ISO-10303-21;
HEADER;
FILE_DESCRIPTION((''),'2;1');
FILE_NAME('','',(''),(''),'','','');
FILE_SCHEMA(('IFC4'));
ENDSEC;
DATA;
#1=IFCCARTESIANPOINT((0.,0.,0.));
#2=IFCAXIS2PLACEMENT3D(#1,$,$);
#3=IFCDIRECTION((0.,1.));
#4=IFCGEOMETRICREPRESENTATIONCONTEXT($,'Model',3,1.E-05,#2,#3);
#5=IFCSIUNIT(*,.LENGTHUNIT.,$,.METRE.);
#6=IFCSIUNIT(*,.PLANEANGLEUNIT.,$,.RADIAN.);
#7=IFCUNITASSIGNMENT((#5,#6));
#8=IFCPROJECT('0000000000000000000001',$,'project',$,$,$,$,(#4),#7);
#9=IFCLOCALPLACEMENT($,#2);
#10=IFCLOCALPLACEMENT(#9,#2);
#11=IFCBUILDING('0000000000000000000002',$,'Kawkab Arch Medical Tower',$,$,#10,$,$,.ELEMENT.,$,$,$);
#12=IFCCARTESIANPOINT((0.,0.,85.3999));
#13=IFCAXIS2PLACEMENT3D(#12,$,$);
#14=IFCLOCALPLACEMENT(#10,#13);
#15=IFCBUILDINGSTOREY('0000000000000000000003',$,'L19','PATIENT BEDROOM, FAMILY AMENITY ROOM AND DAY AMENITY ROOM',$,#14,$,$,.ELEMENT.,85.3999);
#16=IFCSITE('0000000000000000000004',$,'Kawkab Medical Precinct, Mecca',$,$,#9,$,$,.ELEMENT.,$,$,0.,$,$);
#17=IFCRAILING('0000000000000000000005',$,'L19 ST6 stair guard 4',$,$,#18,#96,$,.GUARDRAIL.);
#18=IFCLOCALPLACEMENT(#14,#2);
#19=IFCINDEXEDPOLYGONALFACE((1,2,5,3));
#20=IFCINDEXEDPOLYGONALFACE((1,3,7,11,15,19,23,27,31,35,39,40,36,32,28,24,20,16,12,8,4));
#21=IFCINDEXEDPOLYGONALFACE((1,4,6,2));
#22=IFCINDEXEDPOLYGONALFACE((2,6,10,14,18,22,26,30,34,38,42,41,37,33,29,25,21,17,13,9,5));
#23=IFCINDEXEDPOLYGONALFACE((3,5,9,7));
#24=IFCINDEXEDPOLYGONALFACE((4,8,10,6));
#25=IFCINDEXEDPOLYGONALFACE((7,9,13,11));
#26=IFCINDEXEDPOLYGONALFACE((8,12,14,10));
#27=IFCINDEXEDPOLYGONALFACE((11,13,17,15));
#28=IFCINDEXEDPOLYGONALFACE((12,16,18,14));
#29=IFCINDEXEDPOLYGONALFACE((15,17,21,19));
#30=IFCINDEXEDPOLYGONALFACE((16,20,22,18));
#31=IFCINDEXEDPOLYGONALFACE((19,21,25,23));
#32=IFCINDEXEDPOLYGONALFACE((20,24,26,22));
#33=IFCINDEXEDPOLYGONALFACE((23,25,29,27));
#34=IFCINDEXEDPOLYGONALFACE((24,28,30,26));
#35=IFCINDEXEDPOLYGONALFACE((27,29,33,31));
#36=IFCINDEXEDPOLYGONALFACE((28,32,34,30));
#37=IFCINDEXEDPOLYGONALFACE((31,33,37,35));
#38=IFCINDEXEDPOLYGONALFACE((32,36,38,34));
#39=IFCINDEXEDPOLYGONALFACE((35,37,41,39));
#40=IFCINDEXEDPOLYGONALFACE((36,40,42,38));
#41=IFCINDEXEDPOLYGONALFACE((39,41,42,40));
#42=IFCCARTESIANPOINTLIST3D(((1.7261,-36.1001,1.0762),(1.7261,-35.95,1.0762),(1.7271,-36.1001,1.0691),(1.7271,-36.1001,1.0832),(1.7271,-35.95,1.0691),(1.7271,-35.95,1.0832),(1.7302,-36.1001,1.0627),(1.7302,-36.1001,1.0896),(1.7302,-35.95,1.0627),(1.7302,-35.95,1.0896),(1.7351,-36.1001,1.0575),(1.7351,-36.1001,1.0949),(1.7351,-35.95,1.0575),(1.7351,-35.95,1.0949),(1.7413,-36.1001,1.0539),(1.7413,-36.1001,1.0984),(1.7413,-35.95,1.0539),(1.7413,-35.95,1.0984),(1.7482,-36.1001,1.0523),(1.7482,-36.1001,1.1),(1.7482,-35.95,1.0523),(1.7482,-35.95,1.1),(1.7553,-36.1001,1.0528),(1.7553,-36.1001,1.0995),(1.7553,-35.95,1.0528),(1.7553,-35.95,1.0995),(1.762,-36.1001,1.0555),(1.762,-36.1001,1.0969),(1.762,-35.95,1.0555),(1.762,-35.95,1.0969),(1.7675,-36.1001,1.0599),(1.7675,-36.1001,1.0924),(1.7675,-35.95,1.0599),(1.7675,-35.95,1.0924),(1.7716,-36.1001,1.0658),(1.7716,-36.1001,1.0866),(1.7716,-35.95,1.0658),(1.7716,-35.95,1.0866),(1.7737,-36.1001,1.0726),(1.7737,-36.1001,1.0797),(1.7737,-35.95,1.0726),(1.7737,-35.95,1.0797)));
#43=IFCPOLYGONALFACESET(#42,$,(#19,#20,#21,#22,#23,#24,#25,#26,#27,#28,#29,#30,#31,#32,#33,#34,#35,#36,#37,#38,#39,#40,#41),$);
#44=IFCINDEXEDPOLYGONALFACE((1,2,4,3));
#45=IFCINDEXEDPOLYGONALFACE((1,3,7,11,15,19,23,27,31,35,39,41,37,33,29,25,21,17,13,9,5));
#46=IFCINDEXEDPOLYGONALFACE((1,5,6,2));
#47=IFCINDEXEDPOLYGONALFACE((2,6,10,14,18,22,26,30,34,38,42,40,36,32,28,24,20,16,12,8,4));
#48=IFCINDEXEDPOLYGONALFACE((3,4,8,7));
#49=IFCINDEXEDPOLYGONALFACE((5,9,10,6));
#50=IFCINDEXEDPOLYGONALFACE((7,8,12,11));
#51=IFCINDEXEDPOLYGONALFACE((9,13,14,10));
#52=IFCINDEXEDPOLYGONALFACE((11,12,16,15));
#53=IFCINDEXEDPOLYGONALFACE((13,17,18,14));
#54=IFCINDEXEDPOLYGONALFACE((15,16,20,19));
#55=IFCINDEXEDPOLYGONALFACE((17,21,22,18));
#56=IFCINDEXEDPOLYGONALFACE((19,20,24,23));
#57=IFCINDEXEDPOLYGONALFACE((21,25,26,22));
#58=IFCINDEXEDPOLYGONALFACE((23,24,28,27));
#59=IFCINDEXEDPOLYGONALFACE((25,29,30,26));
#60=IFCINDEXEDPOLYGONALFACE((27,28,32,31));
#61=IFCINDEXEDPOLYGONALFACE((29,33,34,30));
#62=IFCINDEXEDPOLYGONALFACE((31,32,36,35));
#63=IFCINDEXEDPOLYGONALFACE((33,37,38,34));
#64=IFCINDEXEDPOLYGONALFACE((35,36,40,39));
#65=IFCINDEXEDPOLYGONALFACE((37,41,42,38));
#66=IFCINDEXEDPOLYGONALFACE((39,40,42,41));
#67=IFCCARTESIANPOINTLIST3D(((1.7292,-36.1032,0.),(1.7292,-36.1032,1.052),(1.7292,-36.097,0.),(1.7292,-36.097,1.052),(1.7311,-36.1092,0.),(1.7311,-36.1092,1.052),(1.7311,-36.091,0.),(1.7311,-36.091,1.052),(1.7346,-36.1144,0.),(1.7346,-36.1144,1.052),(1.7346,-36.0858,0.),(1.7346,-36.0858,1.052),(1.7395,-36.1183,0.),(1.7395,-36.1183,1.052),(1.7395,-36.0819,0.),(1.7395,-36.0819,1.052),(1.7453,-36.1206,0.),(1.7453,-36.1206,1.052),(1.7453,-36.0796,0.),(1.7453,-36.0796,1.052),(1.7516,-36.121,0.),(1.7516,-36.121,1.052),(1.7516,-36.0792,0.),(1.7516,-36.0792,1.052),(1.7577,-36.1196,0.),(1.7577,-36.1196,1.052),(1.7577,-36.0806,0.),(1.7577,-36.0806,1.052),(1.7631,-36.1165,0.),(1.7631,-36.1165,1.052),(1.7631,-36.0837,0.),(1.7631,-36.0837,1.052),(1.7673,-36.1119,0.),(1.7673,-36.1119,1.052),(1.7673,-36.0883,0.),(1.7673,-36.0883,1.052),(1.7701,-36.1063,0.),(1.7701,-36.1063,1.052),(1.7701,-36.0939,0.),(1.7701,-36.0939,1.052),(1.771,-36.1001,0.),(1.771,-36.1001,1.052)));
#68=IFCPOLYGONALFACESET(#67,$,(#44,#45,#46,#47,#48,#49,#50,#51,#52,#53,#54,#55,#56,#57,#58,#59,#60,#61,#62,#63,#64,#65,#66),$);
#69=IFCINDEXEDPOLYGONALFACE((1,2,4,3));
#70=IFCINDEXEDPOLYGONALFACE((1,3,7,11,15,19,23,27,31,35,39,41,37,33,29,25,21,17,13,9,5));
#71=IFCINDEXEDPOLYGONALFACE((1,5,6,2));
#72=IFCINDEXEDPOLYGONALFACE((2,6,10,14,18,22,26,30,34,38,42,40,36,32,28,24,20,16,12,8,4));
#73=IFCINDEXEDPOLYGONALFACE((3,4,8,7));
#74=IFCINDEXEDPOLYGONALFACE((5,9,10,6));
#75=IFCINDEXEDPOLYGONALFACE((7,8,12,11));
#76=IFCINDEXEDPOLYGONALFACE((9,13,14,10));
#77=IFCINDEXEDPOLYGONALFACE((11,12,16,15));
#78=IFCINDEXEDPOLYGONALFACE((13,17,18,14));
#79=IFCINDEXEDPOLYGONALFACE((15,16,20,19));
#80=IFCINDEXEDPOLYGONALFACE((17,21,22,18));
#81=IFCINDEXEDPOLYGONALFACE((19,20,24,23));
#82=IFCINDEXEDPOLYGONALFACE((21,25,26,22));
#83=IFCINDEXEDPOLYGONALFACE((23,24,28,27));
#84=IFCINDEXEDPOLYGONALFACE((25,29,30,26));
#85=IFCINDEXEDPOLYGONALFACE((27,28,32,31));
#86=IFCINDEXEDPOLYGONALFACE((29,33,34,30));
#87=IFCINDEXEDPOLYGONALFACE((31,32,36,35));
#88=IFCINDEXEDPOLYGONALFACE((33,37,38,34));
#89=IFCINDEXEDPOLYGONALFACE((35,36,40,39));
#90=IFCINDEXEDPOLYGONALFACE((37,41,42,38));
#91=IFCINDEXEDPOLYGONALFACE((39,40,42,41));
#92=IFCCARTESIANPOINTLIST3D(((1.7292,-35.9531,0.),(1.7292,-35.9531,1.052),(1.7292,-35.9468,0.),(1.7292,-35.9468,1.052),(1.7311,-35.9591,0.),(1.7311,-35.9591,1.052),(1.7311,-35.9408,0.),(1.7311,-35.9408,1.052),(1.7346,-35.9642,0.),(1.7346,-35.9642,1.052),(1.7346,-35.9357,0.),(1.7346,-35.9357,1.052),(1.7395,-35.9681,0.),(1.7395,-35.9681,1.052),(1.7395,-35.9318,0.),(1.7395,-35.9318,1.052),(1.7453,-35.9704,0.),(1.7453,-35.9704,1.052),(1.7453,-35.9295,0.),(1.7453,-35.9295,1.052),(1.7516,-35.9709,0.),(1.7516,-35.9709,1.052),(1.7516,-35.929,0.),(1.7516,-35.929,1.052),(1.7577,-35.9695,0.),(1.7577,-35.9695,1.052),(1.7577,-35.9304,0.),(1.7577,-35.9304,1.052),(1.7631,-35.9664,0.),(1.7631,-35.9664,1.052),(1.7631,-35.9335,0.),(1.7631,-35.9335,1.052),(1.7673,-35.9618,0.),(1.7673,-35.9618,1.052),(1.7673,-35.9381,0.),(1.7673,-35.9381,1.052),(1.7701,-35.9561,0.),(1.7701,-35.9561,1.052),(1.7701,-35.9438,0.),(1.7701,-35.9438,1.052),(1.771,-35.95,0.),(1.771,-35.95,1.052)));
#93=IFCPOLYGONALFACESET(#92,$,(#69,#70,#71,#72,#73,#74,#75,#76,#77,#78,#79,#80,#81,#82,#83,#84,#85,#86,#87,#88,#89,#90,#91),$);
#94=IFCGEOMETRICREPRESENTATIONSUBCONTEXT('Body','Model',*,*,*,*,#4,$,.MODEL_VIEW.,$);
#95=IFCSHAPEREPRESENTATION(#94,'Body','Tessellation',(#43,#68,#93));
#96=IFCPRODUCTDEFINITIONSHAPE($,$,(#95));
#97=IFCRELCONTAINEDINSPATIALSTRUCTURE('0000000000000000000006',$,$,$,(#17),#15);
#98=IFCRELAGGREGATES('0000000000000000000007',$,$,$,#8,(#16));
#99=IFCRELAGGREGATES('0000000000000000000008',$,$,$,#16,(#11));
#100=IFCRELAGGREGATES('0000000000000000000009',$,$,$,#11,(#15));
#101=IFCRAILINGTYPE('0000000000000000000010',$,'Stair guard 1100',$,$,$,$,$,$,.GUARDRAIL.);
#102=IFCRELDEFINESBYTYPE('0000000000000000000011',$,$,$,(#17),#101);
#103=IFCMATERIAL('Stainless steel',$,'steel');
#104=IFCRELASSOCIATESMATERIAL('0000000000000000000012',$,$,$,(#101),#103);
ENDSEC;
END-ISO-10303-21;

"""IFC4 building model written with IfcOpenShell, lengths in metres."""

from ifc_helpers import new_model, si_unit, direction, frame, origin, origin_2d, place, context, subcontext, project, spatial, circle, extrude, material, type_object, element, save


model = new_model("IFC4")

# Units and contexts
model_context = context("Model", 3, precision=1e-05, world=origin(), true_north=direction((0.0, 1.0)))
body_context = subcontext(model_context, "Body", "Model", "MODEL_VIEW")
ifc_project = project(units=[si_unit("LENGTHUNIT", "METRE"), si_unit("PLANEANGLEUNIT", "RADIAN")], contexts=[model_context])

# Site, building, storey
site_placement = place(None, origin())
site = spatial("IfcSite", under=ifc_project, at=site_placement, Name="Kawkab Medical Precinct, Mecca", CompositionType="ELEMENT", RefElevation=0.0)
building_placement = place(site_placement, origin())
building = spatial("IfcBuilding", under=site, at=building_placement, Name="Kawkab Arch Medical Tower", CompositionType="ELEMENT")
storey_placement = place(building_placement, frame((0.0, 0.0, 85.3999)))
storey = spatial("IfcBuildingStorey", under=building, at=storey_placement, Name="L19", Description="PATIENT BEDROOM, FAMILY AMENITY ROOM AND DAY AMENITY ROOM", CompositionType="ELEMENT", Elevation=85.3999)

# Railing
ifc_material_1 = material(Name="Stainless steel", Category="steel")
railing_type = type_object("IfcRailingType", Name="Stair guard 1100", PredefinedType="GUARDRAIL", material=ifc_material_1)
railing_1_placement = place(storey_placement, frame((1.75, -36.1001, 0.0)))
element("IfcRailing", 1, at=railing_1_placement, inside=storey, type_object=railing_type, Name="L19 ST6 stair guard 4", PredefinedType="GUARDRAIL", context=body_context, shape_type="SweptSolid", body=[
    extrude(circle(Radius=0.0239, at=origin_2d()), frame((0.0, 0.0, 1.0762), z_axis=(0.0, 1.0, 0.0), x_axis=(-1.0, 0.0, 0.0)), (0.0, 0.0, 1.0), 0.1501),
    extrude(circle(Radius=0.021, at=origin_2d()), origin(), (0.0, 0.0, 1.0), 1.052),
    extrude(circle(Radius=0.021, at=origin_2d()), frame((0.0, 0.1501, 0.0)), (0.0, 0.0, 1.0), 1.052),
])

save(model, "model.ifc")
